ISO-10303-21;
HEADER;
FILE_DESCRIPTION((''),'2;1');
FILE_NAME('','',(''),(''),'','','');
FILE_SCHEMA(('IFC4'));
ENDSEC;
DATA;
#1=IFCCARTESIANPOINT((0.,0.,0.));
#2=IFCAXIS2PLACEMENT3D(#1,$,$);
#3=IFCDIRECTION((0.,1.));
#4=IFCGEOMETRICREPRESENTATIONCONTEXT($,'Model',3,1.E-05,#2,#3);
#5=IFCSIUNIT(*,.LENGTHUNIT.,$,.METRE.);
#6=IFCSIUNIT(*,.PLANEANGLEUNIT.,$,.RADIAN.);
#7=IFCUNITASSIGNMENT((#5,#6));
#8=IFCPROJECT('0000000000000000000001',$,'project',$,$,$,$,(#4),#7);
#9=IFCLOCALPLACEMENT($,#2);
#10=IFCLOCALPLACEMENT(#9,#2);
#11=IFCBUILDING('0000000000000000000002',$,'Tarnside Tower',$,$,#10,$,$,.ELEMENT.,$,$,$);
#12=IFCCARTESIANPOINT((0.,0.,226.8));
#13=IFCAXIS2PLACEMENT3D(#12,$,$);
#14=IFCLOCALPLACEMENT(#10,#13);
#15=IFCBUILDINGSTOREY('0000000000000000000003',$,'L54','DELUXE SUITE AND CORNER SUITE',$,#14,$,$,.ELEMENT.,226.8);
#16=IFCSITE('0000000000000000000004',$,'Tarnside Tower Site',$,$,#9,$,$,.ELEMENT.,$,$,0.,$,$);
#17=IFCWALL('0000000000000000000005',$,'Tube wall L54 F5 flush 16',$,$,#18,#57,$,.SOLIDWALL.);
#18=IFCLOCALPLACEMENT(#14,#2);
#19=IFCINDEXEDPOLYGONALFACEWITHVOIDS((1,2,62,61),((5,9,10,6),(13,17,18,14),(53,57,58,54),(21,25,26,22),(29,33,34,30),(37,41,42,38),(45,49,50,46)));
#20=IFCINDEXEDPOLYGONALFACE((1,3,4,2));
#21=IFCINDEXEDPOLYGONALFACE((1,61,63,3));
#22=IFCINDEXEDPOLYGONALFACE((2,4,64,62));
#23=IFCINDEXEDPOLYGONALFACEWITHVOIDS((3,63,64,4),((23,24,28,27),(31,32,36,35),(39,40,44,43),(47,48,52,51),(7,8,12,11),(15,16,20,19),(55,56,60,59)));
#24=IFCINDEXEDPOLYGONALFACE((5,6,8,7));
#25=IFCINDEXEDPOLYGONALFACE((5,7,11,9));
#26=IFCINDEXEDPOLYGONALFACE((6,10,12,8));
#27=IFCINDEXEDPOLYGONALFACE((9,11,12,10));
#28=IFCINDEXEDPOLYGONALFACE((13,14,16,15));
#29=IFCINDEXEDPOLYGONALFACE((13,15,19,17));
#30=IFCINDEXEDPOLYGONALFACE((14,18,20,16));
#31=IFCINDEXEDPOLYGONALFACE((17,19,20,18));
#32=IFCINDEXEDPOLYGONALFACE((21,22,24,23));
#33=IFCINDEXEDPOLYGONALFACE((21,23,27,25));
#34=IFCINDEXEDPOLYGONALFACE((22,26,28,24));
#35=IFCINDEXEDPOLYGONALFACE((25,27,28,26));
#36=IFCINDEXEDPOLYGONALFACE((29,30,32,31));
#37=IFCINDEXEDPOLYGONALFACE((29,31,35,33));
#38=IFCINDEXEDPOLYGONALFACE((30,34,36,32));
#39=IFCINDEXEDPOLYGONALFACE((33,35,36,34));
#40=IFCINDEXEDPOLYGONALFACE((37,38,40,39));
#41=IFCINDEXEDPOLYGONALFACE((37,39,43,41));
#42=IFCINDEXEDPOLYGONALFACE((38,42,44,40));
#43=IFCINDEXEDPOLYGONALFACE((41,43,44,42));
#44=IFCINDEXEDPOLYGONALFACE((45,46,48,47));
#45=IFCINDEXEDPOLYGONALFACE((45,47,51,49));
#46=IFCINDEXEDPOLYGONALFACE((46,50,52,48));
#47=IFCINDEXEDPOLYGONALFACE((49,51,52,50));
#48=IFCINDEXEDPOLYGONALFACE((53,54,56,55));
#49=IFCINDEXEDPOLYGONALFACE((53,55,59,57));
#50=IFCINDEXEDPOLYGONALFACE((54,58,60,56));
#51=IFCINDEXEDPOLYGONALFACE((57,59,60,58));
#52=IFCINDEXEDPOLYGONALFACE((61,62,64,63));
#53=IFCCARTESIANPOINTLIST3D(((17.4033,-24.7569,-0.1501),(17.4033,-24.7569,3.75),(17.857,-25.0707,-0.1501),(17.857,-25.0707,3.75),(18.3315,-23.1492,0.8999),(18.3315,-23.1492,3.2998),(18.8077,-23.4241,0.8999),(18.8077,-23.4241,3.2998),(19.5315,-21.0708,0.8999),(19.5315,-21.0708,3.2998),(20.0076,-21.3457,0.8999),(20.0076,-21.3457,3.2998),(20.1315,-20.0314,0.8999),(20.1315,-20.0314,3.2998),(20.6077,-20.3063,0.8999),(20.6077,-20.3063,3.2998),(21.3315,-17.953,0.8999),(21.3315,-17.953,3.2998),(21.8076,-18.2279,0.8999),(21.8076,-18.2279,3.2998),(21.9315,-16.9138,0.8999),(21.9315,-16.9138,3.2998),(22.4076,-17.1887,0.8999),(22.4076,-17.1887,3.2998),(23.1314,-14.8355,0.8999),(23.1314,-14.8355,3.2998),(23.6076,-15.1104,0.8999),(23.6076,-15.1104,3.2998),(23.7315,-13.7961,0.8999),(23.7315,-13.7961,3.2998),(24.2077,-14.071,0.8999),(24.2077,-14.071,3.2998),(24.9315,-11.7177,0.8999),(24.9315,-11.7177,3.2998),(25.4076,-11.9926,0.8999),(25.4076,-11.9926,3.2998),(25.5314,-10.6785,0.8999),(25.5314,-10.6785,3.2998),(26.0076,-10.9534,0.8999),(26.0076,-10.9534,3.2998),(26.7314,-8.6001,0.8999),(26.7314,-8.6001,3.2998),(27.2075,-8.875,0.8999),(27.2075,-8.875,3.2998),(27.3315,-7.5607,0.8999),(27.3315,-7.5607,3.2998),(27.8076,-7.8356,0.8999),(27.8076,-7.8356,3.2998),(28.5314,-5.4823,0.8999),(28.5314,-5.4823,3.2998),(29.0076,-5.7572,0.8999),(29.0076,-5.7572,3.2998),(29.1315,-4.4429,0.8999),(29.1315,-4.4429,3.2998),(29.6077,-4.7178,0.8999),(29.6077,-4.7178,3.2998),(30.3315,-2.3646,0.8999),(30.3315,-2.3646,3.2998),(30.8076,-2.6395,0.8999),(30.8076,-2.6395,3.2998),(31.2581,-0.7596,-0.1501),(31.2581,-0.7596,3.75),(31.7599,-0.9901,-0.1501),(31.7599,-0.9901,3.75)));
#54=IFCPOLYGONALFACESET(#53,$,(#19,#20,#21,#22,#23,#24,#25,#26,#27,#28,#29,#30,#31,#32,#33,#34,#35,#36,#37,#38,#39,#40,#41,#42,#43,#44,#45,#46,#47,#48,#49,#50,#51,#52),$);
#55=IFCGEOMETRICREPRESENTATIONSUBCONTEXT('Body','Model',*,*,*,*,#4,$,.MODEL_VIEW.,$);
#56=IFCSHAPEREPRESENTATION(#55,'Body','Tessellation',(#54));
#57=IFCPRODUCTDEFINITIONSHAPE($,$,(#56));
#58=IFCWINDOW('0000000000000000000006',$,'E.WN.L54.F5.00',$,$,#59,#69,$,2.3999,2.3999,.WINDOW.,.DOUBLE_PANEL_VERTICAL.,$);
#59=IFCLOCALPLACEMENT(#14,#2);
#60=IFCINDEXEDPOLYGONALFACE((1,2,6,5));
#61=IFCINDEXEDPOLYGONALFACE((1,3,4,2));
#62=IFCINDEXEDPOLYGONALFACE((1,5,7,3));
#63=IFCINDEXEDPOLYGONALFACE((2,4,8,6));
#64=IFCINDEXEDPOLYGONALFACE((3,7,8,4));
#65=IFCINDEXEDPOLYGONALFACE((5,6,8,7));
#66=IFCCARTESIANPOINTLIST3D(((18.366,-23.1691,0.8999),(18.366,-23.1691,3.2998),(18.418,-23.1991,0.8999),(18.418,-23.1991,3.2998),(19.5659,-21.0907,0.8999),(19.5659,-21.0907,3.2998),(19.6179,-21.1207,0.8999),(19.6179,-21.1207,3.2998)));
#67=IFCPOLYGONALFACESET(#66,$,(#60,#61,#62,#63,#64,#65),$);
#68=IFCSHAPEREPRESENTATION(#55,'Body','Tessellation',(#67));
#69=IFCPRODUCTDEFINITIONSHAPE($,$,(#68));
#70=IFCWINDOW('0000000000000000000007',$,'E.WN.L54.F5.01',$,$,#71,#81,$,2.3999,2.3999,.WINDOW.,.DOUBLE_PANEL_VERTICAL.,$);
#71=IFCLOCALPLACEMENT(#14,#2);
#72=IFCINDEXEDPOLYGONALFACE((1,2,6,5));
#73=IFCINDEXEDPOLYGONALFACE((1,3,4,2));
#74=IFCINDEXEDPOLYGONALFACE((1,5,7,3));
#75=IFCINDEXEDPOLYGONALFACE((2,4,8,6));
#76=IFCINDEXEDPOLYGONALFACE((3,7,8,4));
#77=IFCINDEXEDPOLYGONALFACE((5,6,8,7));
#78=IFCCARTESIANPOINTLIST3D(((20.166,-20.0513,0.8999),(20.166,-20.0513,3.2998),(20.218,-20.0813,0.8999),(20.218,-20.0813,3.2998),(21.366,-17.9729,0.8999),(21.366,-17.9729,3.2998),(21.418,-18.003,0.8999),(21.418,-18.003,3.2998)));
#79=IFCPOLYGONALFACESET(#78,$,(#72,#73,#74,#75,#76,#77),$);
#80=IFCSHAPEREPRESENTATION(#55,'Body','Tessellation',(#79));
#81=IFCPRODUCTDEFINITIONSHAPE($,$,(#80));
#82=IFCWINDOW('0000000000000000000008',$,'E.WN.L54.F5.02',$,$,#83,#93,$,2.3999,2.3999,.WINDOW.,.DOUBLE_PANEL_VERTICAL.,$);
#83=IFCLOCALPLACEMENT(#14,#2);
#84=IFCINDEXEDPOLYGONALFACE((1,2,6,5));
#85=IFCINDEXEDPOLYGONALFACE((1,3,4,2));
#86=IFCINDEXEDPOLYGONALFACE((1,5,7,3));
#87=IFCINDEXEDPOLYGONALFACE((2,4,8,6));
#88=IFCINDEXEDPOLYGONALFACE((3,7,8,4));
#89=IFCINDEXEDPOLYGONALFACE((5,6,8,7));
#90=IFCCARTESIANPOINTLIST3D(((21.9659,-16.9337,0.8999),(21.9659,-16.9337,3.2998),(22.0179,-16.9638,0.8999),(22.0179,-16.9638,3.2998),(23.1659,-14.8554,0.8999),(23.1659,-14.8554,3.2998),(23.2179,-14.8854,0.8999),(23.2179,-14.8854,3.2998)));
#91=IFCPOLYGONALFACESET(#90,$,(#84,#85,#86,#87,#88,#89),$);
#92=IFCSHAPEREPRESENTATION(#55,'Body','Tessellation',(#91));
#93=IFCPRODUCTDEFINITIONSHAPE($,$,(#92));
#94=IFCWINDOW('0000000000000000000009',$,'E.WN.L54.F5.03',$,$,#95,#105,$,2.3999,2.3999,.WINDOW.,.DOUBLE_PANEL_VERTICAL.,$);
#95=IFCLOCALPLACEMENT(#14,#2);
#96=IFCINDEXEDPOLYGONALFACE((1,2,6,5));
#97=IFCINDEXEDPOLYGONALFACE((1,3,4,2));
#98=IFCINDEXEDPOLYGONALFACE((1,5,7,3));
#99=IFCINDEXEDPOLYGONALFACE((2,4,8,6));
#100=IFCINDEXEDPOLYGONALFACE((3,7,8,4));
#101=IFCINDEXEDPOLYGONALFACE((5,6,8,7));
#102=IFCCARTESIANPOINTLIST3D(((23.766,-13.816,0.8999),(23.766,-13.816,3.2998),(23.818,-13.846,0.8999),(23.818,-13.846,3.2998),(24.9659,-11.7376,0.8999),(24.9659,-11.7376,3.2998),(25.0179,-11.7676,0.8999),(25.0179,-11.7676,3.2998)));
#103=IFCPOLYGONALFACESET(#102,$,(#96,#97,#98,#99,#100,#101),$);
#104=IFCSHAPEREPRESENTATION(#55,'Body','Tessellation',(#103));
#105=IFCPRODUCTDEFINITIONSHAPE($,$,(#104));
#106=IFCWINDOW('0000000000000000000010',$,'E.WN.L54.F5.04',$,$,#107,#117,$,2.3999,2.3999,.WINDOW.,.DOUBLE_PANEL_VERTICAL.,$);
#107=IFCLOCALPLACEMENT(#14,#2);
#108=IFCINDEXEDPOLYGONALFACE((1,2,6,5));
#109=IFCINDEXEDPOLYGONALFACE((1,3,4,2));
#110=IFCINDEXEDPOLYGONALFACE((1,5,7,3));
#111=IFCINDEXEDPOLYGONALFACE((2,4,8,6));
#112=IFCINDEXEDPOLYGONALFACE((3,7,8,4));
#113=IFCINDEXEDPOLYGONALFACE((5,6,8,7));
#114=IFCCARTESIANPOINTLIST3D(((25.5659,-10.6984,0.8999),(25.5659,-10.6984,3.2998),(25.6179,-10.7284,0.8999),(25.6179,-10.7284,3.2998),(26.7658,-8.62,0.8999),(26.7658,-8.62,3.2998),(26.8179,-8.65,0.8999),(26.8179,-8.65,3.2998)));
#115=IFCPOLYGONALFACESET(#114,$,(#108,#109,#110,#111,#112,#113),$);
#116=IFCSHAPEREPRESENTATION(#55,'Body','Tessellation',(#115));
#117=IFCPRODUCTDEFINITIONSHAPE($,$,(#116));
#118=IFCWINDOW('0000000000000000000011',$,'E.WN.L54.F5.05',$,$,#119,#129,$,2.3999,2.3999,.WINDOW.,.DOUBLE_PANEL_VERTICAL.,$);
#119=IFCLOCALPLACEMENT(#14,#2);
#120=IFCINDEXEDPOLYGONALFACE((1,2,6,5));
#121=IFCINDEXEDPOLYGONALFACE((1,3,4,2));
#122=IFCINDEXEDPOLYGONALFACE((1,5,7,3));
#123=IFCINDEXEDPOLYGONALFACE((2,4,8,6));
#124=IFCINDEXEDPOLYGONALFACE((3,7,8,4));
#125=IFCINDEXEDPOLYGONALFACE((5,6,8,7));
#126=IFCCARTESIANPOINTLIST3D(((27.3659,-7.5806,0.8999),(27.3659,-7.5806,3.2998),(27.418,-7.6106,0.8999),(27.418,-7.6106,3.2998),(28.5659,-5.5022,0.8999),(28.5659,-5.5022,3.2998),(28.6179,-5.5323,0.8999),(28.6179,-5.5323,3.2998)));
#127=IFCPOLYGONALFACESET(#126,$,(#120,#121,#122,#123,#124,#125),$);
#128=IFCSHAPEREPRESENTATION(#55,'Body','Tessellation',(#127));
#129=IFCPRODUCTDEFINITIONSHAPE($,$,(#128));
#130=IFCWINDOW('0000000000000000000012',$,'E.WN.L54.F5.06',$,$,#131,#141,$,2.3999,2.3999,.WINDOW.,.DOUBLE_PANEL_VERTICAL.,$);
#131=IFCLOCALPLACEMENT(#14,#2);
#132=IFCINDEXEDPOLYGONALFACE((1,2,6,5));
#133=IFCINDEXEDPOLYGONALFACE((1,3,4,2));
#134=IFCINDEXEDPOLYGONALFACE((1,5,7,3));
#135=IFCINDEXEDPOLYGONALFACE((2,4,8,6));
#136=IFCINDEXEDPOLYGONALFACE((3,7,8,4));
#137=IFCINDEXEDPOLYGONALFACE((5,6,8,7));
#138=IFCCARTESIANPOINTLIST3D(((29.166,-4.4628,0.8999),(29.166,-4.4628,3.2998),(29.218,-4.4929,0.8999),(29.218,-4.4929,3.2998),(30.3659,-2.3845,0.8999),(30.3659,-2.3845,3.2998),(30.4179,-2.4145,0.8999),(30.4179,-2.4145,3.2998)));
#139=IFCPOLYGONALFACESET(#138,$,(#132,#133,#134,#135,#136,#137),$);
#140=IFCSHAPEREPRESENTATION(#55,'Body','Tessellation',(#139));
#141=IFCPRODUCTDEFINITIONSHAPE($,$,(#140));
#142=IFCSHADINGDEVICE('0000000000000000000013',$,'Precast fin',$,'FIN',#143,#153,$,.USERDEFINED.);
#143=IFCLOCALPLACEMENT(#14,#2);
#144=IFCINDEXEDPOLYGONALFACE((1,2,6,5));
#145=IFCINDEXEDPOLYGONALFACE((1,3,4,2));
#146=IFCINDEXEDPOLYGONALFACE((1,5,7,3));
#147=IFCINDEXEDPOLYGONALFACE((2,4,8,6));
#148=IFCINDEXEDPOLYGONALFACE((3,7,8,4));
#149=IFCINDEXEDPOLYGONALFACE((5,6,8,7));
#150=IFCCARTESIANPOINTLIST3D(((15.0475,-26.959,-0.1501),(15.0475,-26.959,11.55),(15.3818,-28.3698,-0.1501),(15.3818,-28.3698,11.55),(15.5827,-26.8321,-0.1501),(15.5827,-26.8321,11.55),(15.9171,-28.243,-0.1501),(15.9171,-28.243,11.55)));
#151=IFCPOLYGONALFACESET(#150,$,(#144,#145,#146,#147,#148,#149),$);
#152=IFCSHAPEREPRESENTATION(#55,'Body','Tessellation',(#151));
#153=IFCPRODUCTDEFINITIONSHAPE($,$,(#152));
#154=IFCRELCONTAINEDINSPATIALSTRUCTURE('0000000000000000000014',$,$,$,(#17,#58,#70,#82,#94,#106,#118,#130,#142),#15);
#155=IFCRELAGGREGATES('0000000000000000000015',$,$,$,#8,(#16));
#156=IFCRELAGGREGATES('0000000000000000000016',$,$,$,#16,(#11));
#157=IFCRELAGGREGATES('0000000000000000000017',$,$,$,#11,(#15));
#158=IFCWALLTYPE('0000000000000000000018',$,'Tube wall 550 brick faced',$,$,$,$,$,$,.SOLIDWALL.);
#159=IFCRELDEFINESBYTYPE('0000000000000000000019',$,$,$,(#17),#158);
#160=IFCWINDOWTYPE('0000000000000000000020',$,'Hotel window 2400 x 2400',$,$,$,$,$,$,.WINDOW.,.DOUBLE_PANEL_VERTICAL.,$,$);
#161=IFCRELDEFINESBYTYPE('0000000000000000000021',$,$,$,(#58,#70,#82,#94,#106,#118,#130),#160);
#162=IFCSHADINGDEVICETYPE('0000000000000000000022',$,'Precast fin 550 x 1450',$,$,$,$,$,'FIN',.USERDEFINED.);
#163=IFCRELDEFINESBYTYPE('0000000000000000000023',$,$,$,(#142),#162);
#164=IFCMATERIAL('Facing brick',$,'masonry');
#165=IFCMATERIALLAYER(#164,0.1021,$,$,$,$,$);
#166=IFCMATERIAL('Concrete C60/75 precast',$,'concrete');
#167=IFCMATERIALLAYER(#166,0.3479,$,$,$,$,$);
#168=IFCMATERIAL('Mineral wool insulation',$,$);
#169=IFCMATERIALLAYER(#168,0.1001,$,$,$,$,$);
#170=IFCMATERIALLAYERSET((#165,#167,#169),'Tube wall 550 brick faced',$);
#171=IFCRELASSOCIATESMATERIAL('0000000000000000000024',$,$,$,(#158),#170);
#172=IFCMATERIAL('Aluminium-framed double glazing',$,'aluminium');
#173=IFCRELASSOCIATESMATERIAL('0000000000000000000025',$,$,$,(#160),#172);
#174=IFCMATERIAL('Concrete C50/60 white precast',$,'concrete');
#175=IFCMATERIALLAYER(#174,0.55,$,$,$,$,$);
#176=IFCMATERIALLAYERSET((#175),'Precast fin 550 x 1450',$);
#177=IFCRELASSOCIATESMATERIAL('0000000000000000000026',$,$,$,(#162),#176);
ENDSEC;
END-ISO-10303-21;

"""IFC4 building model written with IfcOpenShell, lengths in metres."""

from ifc_helpers import new_model, si_unit, direction, frame, frame_2d, origin, place, context, subcontext, project, spatial, polyline, rectangle, outline, extrude, material, layer, layer_set, type_object, element, fill, save


model = new_model("IFC4")

# Units and contexts
model_context = context("Model", 3, precision=1e-05, world=origin(), true_north=direction((0.0, 1.0)))
body_context = subcontext(model_context, "Body", "Model", "MODEL_VIEW")
ifc_project = project(units=[si_unit("LENGTHUNIT", "METRE"), si_unit("PLANEANGLEUNIT", "RADIAN")], contexts=[model_context])

# Site, building, storey
site_placement = place(None, origin())
site = spatial("IfcSite", under=ifc_project, at=site_placement, Name="Tarnside Tower Site", CompositionType="ELEMENT", RefElevation=0.0)
building_placement = place(site_placement, origin())
building = spatial("IfcBuilding", under=site, at=building_placement, Name="Tarnside Tower", CompositionType="ELEMENT")
storey_placement = place(building_placement, frame((0.0, 0.0, 226.8)))
storey = spatial("IfcBuildingStorey", under=building, at=storey_placement, Name="L54", Description="DELUXE SUITE AND CORNER SUITE", CompositionType="ELEMENT", Elevation=226.8)

# Shared definitions
ifc_material_1 = material(Name="Facing brick", Category="masonry")
ifc_layer_1 = layer(ifc_material_1, 0.1021)
ifc_material_2 = material(Name="Concrete C60/75 precast", Category="concrete")
ifc_layer_2 = layer(ifc_material_2, 0.3479)
ifc_material_3 = material(Name="Mineral wool insulation")
ifc_layer_3 = layer(ifc_material_3, 0.1001)
ifc_layer_set_1 = layer_set([ifc_layer_1, ifc_layer_2, ifc_layer_3], Name="Tube wall 550 brick faced")
wall_type_1 = type_object("IfcWallType", Name="Tube wall 550 brick faced", PredefinedType="SOLIDWALL", material=ifc_layer_set_1)

# Wall, openings, windows
wall_1_placement = place(storey_placement, frame((17.6301, -24.9138, -0.1501), z_axis=(0.0, 0.0, 1.0), x_axis=(0.499999, 0.866026, 0.0)))
wall_1 = element("IfcWall", 1, at=wall_1_placement, inside=storey, type_object=wall_type_1, Name="Tube wall L54 F5 flush 16", PredefinedType="SOLIDWALL", context=body_context, shape_type="SweptSolid", body=[
    extrude(outline(polyline([(-0.0225, -0.2749), (27.7834, -0.2749), (27.7322, 0.2749), (0.0225, 0.2749), (-0.0225, -0.2749)])), origin(), (0.0, 0.0, 1.0), 3.9001),
])
opening_1_placement = place(wall_1_placement, frame((1.8789, 0.0, 1.05)))
opening_1 = element("IfcOpeningElement", 2, at=opening_1_placement, cuts=wall_1, PredefinedType="OPENING", context=body_context, shape_type="SweptSolid", body=[
    extrude(rectangle(XDim=2.3999, YDim=2.3999, at=frame_2d((1.2, 1.2))), frame((0.0, 0.2852, 0.0), z_axis=(0.0, -1.0, 0.0), x_axis=(1.0, 0.0, 0.0)), (0.0, 0.0, 1.0), 0.5701),
])
opening_2_placement = place(wall_1_placement, frame((5.479, 0.0, 1.05)))
opening_2 = element("IfcOpeningElement", 3, at=opening_2_placement, cuts=wall_1, PredefinedType="OPENING", context=body_context, shape_type="SweptSolid", body=[
    extrude(rectangle(XDim=2.3999, YDim=2.3999, at=frame_2d((1.2, 1.2))), frame((0.0, 0.2852, 0.0), z_axis=(0.0, -1.0, 0.0), x_axis=(1.0, 0.0, 0.0)), (0.0, 0.0, 1.0), 0.5701),
])
opening_3_placement = place(wall_1_placement, frame((9.0789, 0.0, 1.05)))
opening_3 = element("IfcOpeningElement", 4, at=opening_3_placement, cuts=wall_1, PredefinedType="OPENING", context=body_context, shape_type="SweptSolid", body=[
    extrude(rectangle(XDim=2.3999, YDim=2.3999, at=frame_2d((1.2, 1.2))), frame((0.0, 0.2852, 0.0), z_axis=(0.0, -1.0, 0.0), x_axis=(1.0, 0.0, 0.0)), (0.0, 0.0, 1.0), 0.5701),
])
opening_4_placement = place(wall_1_placement, frame((12.679, 0.0, 1.05)))
opening_4 = element("IfcOpeningElement", 5, at=opening_4_placement, cuts=wall_1, PredefinedType="OPENING", context=body_context, shape_type="SweptSolid", body=[
    extrude(rectangle(XDim=2.3999, YDim=2.3999, at=frame_2d((1.2, 1.2))), frame((0.0, 0.2852, 0.0), z_axis=(0.0, -1.0, 0.0), x_axis=(1.0, 0.0, 0.0)), (0.0, 0.0, 1.0), 0.5701),
])
opening_5_placement = place(wall_1_placement, frame((16.2788, 0.0, 1.05)))
opening_5 = element("IfcOpeningElement", 6, at=opening_5_placement, cuts=wall_1, PredefinedType="OPENING", context=body_context, shape_type="SweptSolid", body=[
    extrude(rectangle(XDim=2.3999, YDim=2.3999, at=frame_2d((1.2, 1.2))), frame((0.0, 0.2852, 0.0), z_axis=(0.0, -1.0, 0.0), x_axis=(1.0, 0.0, 0.0)), (0.0, 0.0, 1.0), 0.5701),
])
opening_6_placement = place(wall_1_placement, frame((19.8789, 0.0, 1.05)))
opening_6 = element("IfcOpeningElement", 7, at=opening_6_placement, cuts=wall_1, PredefinedType="OPENING", context=body_context, shape_type="SweptSolid", body=[
    extrude(rectangle(XDim=2.3999, YDim=2.3999, at=frame_2d((1.2, 1.2))), frame((0.0, 0.2852, 0.0), z_axis=(0.0, -1.0, 0.0), x_axis=(1.0, 0.0, 0.0)), (0.0, 0.0, 1.0), 0.5701),
])
opening_7_placement = place(wall_1_placement, frame((23.479, 0.0, 1.05)))
opening_7 = element("IfcOpeningElement", 8, at=opening_7_placement, cuts=wall_1, PredefinedType="OPENING", context=body_context, shape_type="SweptSolid", body=[
    extrude(rectangle(XDim=2.3999, YDim=2.3999, at=frame_2d((1.2, 1.2))), frame((0.0, 0.2852, 0.0), z_axis=(0.0, -1.0, 0.0), x_axis=(1.0, 0.0, 0.0)), (0.0, 0.0, 1.0), 0.5701),
])
ifc_material_4 = material(Name="Aluminium-framed double glazing", Category="aluminium")
window_type = type_object("IfcWindowType", Name="Hotel window 2400 x 2400", PartitioningType="DOUBLE_PANEL_VERTICAL", PredefinedType="WINDOW", material=ifc_material_4)
window_1_placement = place(opening_1_placement, frame((0.0, 0.2051, 0.0)))
window_1 = element("IfcWindow", 9, at=window_1_placement, inside=storey, type_object=window_type, Name="E.WN.L54.F5.00", OverallHeight=2.3999, OverallWidth=2.3999, PartitioningType="DOUBLE_PANEL_VERTICAL", PredefinedType="WINDOW", context=body_context, shape_type="SweptSolid", body=[
    extrude(rectangle(XDim=2.3999, YDim=2.3999, at=frame_2d((1.2, 1.2))), frame((0.0, 0.03, 0.0), z_axis=(0.0, -1.0, 0.0), x_axis=(1.0, 0.0, 0.0)), (0.0, 0.0, 1.0), 0.0601),
])
fill(opening_1, window_1)
window_2_placement = place(opening_2_placement, frame((0.0, 0.2051, 0.0)))
window_2 = element("IfcWindow", 10, at=window_2_placement, inside=storey, type_object=window_type, Name="E.WN.L54.F5.01", OverallHeight=2.3999, OverallWidth=2.3999, PartitioningType="DOUBLE_PANEL_VERTICAL", PredefinedType="WINDOW", context=body_context, shape_type="SweptSolid", body=[
    extrude(rectangle(XDim=2.3999, YDim=2.3999, at=frame_2d((1.2, 1.2))), frame((0.0, 0.03, 0.0), z_axis=(0.0, -1.0, 0.0), x_axis=(1.0, 0.0, 0.0)), (0.0, 0.0, 1.0), 0.0601),
])
fill(opening_2, window_2)
window_3_placement = place(opening_3_placement, frame((0.0, 0.2051, 0.0)))
window_3 = element("IfcWindow", 11, at=window_3_placement, inside=storey, type_object=window_type, Name="E.WN.L54.F5.02", OverallHeight=2.3999, OverallWidth=2.3999, PartitioningType="DOUBLE_PANEL_VERTICAL", PredefinedType="WINDOW", context=body_context, shape_type="SweptSolid", body=[
    extrude(rectangle(XDim=2.3999, YDim=2.3999, at=frame_2d((1.2, 1.2))), frame((0.0, 0.03, 0.0), z_axis=(0.0, -1.0, 0.0), x_axis=(1.0, 0.0, 0.0)), (0.0, 0.0, 1.0), 0.0601),
])
fill(opening_3, window_3)
window_4_placement = place(opening_4_placement, frame((0.0, 0.2051, 0.0)))
window_4 = element("IfcWindow", 12, at=window_4_placement, inside=storey, type_object=window_type, Name="E.WN.L54.F5.03", OverallHeight=2.3999, OverallWidth=2.3999, PartitioningType="DOUBLE_PANEL_VERTICAL", PredefinedType="WINDOW", context=body_context, shape_type="SweptSolid", body=[
    extrude(rectangle(XDim=2.3999, YDim=2.3999, at=frame_2d((1.2, 1.2))), frame((0.0, 0.03, 0.0), z_axis=(0.0, -1.0, 0.0), x_axis=(1.0, 0.0, 0.0)), (0.0, 0.0, 1.0), 0.0601),
])
fill(opening_4, window_4)
window_5_placement = place(opening_5_placement, frame((0.0, 0.2051, 0.0)))
window_5 = element("IfcWindow", 13, at=window_5_placement, inside=storey, type_object=window_type, Name="E.WN.L54.F5.04", OverallHeight=2.3999, OverallWidth=2.3999, PartitioningType="DOUBLE_PANEL_VERTICAL", PredefinedType="WINDOW", context=body_context, shape_type="SweptSolid", body=[
    extrude(rectangle(XDim=2.3999, YDim=2.3999, at=frame_2d((1.2, 1.2))), frame((0.0, 0.03, 0.0), z_axis=(0.0, -1.0, 0.0), x_axis=(1.0, 0.0, 0.0)), (0.0, 0.0, 1.0), 0.0601),
])
fill(opening_5, window_5)
window_6_placement = place(opening_6_placement, frame((0.0, 0.2051, 0.0)))
window_6 = element("IfcWindow", 14, at=window_6_placement, inside=storey, type_object=window_type, Name="E.WN.L54.F5.05", OverallHeight=2.3999, OverallWidth=2.3999, PartitioningType="DOUBLE_PANEL_VERTICAL", PredefinedType="WINDOW", context=body_context, shape_type="SweptSolid", body=[
    extrude(rectangle(XDim=2.3999, YDim=2.3999, at=frame_2d((1.2, 1.2))), frame((0.0, 0.03, 0.0), z_axis=(0.0, -1.0, 0.0), x_axis=(1.0, 0.0, 0.0)), (0.0, 0.0, 1.0), 0.0601),
])
fill(opening_6, window_6)
window_7_placement = place(opening_7_placement, frame((0.0, 0.2051, 0.0)))
window_7 = element("IfcWindow", 15, at=window_7_placement, inside=storey, type_object=window_type, Name="E.WN.L54.F5.06", OverallHeight=2.3999, OverallWidth=2.3999, PartitioningType="DOUBLE_PANEL_VERTICAL", PredefinedType="WINDOW", context=body_context, shape_type="SweptSolid", body=[
    extrude(rectangle(XDim=2.3999, YDim=2.3999, at=frame_2d((1.2, 1.2))), frame((0.0, 0.03, 0.0), z_axis=(0.0, -1.0, 0.0), x_axis=(1.0, 0.0, 0.0)), (0.0, 0.0, 1.0), 0.0601),
])
fill(opening_7, window_7)

# Shading device
ifc_material_5 = material(Name="Concrete C50/60 white precast", Category="concrete")
ifc_layer_4 = layer(ifc_material_5, 0.55)
ifc_layer_set_2 = layer_set([ifc_layer_4], Name="Precast fin 550 x 1450")
shading_device_type_1 = type_object("IfcShadingDeviceType", Name="Precast fin 550 x 1450", ElementType="FIN", PredefinedType="USERDEFINED", material=ifc_layer_set_2)
for number, where, z_axis, x_axis, name in (
    (16, (15.3152, -26.8955, -0.1501), (-0.973045, -0.230616, 0.0), (0.230616, -0.973045, 0.0), "Precast fin"),
):
    element("IfcShadingDevice", number, at=place(storey_placement, frame(where, z_axis=z_axis, x_axis=x_axis)), inside=storey, type_object=shading_device_type_1, Name=name, ObjectType="FIN", PredefinedType="USERDEFINED", context=body_context, shape_type="SweptSolid", body=[
        extrude(outline(polyline([(0.0, 0.0), (1.45, 0.0), (1.45, 11.7002), (0.0, 11.7002), (0.0, 0.0)])), frame((0.0, 0.0, -0.2749)), (0.0, 0.0, 1.0), 0.55),
    ])

save(model, "model.ifc")
